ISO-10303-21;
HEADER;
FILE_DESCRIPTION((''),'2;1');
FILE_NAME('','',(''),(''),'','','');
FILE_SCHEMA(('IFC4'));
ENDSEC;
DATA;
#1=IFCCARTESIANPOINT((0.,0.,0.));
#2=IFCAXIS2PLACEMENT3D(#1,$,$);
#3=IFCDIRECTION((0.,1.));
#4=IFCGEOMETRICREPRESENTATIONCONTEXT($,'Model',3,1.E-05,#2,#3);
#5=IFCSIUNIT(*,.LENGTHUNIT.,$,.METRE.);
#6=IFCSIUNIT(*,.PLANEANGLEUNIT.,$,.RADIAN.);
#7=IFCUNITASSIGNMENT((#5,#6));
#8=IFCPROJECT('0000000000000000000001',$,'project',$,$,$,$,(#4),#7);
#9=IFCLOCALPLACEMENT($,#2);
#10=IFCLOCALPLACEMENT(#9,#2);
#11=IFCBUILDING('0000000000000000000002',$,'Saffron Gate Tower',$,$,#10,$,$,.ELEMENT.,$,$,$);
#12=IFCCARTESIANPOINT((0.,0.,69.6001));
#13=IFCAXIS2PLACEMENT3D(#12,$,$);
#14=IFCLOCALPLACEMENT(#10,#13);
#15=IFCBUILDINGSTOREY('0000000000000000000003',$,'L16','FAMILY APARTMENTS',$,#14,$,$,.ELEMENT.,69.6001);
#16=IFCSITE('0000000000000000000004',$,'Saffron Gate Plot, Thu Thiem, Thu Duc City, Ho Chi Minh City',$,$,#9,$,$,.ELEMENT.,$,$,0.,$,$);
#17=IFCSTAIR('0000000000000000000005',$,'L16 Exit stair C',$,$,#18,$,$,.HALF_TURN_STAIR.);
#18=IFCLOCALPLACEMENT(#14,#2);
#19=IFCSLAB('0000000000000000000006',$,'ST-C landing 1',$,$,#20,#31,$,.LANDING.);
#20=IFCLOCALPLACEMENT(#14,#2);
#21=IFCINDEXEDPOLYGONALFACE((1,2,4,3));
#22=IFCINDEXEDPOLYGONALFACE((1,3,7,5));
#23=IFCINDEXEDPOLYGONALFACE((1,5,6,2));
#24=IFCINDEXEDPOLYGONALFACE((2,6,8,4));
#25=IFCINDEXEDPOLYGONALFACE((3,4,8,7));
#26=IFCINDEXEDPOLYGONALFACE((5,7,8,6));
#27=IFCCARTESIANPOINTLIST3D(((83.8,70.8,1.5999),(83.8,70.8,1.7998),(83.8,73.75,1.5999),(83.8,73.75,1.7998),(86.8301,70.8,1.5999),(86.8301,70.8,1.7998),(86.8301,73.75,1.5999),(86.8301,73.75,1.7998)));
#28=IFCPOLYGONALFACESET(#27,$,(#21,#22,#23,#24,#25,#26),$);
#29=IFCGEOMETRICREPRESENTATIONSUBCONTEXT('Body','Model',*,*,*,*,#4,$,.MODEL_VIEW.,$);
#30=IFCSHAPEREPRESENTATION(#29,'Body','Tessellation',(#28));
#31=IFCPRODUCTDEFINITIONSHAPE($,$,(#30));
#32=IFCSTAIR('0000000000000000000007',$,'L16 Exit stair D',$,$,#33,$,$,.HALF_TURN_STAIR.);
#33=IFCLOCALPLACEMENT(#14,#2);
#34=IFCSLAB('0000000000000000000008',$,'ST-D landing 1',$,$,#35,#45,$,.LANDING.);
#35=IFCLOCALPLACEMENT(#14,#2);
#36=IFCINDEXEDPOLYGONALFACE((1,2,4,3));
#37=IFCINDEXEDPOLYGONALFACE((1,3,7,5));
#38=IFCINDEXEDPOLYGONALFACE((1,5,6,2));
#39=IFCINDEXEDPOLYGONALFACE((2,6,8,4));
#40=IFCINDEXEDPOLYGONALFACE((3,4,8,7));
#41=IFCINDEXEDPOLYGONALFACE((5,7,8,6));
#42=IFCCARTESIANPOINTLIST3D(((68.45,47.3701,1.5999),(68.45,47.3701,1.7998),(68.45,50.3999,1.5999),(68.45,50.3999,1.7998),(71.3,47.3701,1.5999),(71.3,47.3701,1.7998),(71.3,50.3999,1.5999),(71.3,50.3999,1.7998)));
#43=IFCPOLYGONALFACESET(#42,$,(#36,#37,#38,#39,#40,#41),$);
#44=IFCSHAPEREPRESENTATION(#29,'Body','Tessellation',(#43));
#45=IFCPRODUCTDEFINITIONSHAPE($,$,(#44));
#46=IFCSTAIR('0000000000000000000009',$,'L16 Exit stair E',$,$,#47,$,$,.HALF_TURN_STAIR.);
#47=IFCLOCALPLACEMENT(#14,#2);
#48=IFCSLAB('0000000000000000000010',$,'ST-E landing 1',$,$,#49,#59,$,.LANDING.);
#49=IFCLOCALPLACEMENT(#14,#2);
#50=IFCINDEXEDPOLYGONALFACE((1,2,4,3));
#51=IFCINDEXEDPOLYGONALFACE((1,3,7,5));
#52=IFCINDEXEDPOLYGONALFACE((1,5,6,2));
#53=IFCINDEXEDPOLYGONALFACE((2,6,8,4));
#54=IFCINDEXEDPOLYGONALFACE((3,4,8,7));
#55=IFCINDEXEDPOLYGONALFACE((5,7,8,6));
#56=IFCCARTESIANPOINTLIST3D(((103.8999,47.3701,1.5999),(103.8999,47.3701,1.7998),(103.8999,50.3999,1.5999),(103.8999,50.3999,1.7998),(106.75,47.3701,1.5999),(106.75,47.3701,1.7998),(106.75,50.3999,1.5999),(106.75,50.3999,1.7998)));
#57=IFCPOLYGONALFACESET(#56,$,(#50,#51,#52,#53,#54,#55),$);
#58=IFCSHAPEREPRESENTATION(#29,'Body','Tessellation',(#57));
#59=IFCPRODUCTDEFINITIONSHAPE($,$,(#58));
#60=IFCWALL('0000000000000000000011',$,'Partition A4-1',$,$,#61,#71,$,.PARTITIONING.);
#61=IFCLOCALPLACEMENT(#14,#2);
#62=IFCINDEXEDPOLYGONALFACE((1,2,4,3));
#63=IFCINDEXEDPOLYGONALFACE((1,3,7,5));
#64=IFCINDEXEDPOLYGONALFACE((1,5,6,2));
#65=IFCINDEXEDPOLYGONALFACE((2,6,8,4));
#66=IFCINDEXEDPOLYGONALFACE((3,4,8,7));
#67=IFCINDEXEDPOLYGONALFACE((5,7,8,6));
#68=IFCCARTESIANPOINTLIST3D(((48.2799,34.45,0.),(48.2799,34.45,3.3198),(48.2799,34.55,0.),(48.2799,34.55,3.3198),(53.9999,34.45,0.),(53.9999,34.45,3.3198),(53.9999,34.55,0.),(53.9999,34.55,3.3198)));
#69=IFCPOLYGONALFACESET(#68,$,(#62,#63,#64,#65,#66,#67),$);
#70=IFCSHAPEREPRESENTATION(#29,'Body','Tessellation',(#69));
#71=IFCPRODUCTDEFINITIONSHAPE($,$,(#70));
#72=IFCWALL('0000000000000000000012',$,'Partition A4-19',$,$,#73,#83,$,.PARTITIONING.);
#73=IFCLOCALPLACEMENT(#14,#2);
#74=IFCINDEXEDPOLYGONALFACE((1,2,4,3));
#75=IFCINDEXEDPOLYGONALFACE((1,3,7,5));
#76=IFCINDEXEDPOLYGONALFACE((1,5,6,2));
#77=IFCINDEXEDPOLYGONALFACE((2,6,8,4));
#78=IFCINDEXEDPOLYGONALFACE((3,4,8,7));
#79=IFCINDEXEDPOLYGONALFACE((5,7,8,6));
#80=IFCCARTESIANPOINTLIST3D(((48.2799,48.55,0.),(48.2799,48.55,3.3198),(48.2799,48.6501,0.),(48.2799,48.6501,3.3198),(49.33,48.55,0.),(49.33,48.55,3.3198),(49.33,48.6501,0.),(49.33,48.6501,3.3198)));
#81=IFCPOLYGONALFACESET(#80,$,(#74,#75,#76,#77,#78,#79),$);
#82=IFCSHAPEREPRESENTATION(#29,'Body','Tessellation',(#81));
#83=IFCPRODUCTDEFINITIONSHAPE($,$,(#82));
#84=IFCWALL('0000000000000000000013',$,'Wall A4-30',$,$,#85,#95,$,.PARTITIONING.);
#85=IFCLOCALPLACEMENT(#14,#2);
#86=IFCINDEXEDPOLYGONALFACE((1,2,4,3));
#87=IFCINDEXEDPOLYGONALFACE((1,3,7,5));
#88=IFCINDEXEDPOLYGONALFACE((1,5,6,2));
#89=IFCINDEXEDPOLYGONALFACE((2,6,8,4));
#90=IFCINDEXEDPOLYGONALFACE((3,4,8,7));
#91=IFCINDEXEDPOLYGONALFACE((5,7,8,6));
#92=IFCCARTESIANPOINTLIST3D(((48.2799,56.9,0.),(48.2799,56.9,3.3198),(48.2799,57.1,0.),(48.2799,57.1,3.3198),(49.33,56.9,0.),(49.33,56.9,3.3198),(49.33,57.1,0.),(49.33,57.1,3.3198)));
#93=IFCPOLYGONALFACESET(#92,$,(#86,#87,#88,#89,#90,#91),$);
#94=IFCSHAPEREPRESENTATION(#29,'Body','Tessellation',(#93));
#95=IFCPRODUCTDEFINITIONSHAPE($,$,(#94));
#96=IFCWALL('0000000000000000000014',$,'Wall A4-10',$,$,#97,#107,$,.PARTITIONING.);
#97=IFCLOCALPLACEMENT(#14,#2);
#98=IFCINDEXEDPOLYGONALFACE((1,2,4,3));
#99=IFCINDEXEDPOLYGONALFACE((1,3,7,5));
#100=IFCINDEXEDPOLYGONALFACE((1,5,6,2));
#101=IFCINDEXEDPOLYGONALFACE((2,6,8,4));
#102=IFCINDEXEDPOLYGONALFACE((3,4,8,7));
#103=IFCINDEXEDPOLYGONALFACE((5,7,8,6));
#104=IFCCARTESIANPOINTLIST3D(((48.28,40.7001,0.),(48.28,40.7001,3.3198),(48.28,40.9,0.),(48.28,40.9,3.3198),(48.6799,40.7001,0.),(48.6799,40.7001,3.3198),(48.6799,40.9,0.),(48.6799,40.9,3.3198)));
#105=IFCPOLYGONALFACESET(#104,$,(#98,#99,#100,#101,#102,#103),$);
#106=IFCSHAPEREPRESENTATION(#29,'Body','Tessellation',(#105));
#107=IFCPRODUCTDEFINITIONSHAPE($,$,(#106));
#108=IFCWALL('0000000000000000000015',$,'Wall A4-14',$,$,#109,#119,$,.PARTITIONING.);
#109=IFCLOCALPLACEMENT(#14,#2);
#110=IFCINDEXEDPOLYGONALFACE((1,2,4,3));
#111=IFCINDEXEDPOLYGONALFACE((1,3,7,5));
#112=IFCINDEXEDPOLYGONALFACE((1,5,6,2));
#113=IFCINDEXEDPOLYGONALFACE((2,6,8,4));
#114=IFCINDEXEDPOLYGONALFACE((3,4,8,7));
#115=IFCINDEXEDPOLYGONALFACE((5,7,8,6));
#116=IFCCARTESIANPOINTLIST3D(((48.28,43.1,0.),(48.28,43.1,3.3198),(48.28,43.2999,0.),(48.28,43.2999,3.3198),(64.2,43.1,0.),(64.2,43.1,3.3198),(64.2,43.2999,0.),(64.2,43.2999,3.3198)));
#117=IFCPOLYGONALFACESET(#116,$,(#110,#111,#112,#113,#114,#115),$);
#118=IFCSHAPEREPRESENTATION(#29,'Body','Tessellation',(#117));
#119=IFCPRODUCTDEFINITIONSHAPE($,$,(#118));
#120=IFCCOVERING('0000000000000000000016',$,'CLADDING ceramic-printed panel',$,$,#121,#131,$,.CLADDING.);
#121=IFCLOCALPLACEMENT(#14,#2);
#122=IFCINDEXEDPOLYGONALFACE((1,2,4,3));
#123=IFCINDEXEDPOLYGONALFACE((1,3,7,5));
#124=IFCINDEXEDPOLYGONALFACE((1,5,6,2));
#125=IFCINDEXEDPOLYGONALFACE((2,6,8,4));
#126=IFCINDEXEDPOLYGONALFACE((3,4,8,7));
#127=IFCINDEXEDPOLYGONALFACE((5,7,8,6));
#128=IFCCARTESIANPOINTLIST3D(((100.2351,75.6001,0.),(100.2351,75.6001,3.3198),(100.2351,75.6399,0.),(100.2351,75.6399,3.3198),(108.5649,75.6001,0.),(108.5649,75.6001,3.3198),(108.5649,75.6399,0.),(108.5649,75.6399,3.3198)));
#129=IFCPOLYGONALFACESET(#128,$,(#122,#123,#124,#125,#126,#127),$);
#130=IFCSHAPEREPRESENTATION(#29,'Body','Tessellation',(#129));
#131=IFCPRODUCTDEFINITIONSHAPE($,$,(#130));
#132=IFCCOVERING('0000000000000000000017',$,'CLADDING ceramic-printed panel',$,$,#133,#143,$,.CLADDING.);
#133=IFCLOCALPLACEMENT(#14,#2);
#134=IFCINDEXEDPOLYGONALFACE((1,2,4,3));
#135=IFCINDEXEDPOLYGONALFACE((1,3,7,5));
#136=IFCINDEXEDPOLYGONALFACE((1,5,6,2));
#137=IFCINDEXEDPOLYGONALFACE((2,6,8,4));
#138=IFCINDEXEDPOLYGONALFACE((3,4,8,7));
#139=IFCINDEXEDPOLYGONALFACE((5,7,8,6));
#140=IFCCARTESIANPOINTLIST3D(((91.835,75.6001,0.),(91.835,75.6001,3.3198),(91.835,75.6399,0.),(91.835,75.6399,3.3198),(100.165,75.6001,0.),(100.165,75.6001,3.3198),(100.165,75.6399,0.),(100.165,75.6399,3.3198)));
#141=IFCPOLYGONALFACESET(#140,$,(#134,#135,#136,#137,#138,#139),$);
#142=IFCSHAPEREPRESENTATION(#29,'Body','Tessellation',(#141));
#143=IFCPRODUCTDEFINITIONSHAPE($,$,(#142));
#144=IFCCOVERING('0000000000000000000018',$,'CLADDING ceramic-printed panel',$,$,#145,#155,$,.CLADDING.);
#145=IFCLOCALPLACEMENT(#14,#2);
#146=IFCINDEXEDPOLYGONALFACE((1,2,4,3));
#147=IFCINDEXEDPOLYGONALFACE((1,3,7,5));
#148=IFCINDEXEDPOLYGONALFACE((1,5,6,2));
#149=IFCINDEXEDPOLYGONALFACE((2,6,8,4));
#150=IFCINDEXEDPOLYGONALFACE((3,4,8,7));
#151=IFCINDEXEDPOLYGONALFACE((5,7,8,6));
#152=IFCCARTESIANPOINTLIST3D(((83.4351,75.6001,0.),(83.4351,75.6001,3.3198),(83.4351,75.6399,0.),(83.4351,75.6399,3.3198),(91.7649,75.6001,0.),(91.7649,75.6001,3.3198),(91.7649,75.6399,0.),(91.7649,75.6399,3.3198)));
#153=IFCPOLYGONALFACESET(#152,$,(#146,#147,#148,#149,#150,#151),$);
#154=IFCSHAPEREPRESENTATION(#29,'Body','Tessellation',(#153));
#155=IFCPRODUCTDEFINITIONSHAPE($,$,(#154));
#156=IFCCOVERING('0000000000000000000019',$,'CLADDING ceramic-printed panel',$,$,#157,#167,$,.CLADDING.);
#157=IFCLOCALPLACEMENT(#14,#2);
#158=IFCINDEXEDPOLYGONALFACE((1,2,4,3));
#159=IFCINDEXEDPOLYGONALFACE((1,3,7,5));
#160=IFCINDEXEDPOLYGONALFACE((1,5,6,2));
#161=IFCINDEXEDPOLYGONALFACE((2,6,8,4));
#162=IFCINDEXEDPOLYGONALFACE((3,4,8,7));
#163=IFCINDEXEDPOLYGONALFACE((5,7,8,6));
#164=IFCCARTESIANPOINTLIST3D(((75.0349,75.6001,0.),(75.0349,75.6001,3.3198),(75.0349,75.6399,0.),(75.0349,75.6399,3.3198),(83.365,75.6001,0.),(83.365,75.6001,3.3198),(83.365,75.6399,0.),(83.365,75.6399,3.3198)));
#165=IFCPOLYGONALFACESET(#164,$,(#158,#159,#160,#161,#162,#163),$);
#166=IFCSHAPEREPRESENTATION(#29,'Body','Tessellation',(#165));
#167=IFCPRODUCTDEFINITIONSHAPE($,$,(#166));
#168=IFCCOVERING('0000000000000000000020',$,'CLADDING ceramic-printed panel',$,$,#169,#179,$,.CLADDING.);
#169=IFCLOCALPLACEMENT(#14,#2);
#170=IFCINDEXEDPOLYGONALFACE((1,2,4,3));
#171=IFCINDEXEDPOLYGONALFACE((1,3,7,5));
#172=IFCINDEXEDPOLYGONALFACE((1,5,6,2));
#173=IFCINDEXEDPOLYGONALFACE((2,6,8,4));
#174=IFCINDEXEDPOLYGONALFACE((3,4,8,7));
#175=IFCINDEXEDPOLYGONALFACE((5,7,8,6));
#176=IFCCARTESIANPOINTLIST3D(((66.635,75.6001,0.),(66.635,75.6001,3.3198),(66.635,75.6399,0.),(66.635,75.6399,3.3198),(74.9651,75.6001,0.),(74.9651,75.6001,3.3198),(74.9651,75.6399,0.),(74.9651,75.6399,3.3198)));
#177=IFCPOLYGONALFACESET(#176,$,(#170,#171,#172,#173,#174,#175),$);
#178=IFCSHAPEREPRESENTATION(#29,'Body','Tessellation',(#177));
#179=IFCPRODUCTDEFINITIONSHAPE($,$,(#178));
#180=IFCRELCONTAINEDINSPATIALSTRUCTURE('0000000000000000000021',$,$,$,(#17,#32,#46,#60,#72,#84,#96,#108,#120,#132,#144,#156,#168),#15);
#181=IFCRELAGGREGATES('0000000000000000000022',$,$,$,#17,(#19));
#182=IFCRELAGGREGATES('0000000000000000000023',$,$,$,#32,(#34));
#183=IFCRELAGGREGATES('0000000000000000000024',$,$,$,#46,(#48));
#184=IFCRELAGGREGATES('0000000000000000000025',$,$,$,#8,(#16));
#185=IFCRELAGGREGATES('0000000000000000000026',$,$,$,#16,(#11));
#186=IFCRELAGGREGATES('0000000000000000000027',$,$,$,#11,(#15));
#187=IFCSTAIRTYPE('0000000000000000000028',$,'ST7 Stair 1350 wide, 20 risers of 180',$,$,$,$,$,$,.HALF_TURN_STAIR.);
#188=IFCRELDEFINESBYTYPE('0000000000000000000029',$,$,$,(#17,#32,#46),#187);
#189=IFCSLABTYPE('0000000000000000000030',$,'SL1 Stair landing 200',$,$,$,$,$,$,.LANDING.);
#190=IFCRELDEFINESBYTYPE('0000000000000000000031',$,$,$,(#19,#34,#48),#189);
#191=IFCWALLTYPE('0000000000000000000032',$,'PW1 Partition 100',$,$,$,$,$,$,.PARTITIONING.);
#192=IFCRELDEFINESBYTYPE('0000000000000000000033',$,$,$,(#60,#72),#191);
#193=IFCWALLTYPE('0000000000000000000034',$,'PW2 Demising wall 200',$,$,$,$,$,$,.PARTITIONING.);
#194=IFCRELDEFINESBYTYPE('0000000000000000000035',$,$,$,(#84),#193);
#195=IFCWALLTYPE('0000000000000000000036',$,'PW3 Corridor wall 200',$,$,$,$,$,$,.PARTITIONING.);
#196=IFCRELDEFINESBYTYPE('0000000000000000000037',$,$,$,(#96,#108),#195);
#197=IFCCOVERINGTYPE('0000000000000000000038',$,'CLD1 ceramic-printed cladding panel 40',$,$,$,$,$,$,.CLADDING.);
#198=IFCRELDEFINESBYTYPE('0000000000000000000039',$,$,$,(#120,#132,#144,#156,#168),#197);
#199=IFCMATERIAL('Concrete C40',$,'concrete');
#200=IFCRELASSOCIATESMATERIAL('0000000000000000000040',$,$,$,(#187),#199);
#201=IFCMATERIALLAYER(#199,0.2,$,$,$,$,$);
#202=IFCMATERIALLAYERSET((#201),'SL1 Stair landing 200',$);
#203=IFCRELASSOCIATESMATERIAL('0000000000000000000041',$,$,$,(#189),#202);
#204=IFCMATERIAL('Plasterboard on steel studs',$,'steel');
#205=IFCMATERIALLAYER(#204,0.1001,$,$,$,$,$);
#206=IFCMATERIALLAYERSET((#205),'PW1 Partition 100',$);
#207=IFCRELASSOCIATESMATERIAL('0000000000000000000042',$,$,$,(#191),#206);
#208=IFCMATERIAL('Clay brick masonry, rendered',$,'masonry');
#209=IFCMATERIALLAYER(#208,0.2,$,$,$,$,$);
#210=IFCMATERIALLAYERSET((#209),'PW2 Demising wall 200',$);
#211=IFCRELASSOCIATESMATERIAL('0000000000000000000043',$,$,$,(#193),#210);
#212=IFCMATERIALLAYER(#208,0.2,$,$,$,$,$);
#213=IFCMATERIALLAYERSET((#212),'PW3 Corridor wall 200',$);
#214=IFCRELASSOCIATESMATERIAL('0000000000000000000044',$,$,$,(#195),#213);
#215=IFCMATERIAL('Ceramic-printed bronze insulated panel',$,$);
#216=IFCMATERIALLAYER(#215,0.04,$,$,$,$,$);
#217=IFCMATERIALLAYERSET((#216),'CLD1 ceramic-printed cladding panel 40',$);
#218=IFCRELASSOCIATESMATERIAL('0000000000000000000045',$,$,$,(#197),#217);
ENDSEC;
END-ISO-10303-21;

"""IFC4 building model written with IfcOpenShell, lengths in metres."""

from ifc_helpers import new_model, si_unit, direction, frame, frame_2d, origin, place, context, subcontext, project, spatial, polyline, rectangle, outline, extrude, material, layer, layer_set, type_object, element, aggregate, save


model = new_model("IFC4")

# Units and contexts
model_context = context("Model", 3, precision=1e-05, world=origin(), true_north=direction((0.0, 1.0)))
body_context = subcontext(model_context, "Body", "Model", "MODEL_VIEW")
ifc_project = project(units=[si_unit("LENGTHUNIT", "METRE"), si_unit("PLANEANGLEUNIT", "RADIAN")], contexts=[model_context])

# Site, building, storey
site_placement = place(None, origin())
site = spatial("IfcSite", under=ifc_project, at=site_placement, Name="Saffron Gate Plot, Thu Thiem, Thu Duc City, Ho Chi Minh City", CompositionType="ELEMENT", RefElevation=0.0)
building_placement = place(site_placement, origin())
building = spatial("IfcBuilding", under=site, at=building_placement, Name="Saffron Gate Tower", CompositionType="ELEMENT")
storey_placement = place(building_placement, frame((0.0, 0.0, 69.6001)))
storey = spatial("IfcBuildingStorey", under=building, at=storey_placement, Name="L16", Description="FAMILY APARTMENTS", CompositionType="ELEMENT", Elevation=69.6001)

# Shared definitions
ifc_material_1 = material(Name="Concrete C40", Category="concrete")

# Stairs, slabs
stair_type = type_object("IfcStairType", Name="ST7 Stair 1350 wide, 20 risers of 180", PredefinedType="HALF_TURN_STAIR", material=ifc_material_1)
ifc_layer_1 = layer(ifc_material_1, 0.2)
ifc_layer_set_1 = layer_set([ifc_layer_1], Name="SL1 Stair landing 200")
slab_type_1 = type_object("IfcSlabType", Name="SL1 Stair landing 200", PredefinedType="LANDING", material=ifc_layer_set_1)
stair_1_placement = place(storey_placement, origin())
stair_1 = element("IfcStair", 1, at=stair_1_placement, inside=storey, type_object=stair_type, Name="L16 Exit stair C", PredefinedType="HALF_TURN_STAIR")
slab_1_placement = place(storey_placement, frame((0.0, 0.0, 1.5999)))
slab_1 = element("IfcSlab", 2, at=slab_1_placement, type_object=slab_type_1, Name="ST-C landing 1", PredefinedType="LANDING", context=body_context, shape_type="SweptSolid", body=[
    extrude(outline(polyline([(86.8301, 73.75), (83.8, 73.75), (83.8, 70.8), (86.8301, 70.8), (86.8301, 73.75)])), origin(), (0.0, 0.0, 1.0), 0.2),
])
aggregate(stair_1, [slab_1])
stair_2_placement = place(storey_placement, origin())
stair_2 = element("IfcStair", 3, at=stair_2_placement, inside=storey, type_object=stair_type, Name="L16 Exit stair D", PredefinedType="HALF_TURN_STAIR")
slab_2_placement = place(storey_placement, frame((0.0, 0.0, 1.5999)))
slab_2 = element("IfcSlab", 4, at=slab_2_placement, type_object=slab_type_1, Name="ST-D landing 1", PredefinedType="LANDING", context=body_context, shape_type="SweptSolid", body=[
    extrude(outline(polyline([(71.3, 47.3701), (71.3, 50.3999), (68.45, 50.3999), (68.45, 47.3701), (71.3, 47.3701)])), origin(), (0.0, 0.0, 1.0), 0.2),
])
aggregate(stair_2, [slab_2])
stair_3_placement = place(storey_placement, origin())
stair_3 = element("IfcStair", 5, at=stair_3_placement, inside=storey, type_object=stair_type, Name="L16 Exit stair E", PredefinedType="HALF_TURN_STAIR")
slab_3_placement = place(storey_placement, frame((0.0, 0.0, 1.5999)))
slab_3 = element("IfcSlab", 6, at=slab_3_placement, type_object=slab_type_1, Name="ST-E landing 1", PredefinedType="LANDING", context=body_context, shape_type="SweptSolid", body=[
    extrude(outline(polyline([(106.75, 47.3701), (106.75, 50.3999), (103.8999, 50.3999), (103.8999, 47.3701), (106.75, 47.3701)])), origin(), (0.0, 0.0, 1.0), 0.2),
])
aggregate(stair_3, [slab_3])

# Walls
ifc_material_2 = material(Name="Plasterboard on steel studs", Category="steel")
ifc_layer_2 = layer(ifc_material_2, 0.1001)
ifc_layer_set_2 = layer_set([ifc_layer_2], Name="PW1 Partition 100")
wall_type_1 = type_object("IfcWallType", Name="PW1 Partition 100", PredefinedType="PARTITIONING", material=ifc_layer_set_2)
wall_1_placement = place(storey_placement, frame((48.28, 34.5, 0.0), z_axis=(0.0, 0.0, 1.0), x_axis=(1.0, 0.0, 0.0)))
element("IfcWall", 7, at=wall_1_placement, inside=storey, type_object=wall_type_1, Name="Partition A4-1", PredefinedType="PARTITIONING", context=body_context, shape_type="SweptSolid", body=[
    extrude(rectangle(XDim=5.72, YDim=0.1001, at=frame_2d((2.8599, 0.0))), origin(), (0.0, 0.0, 1.0), 3.3198),
])
wall_2_placement = place(storey_placement, frame((48.28, 48.6001, 0.0), z_axis=(0.0, 0.0, 1.0), x_axis=(1.0, 0.0, 0.0)))
element("IfcWall", 8, at=wall_2_placement, inside=storey, type_object=wall_type_1, Name="Partition A4-19", PredefinedType="PARTITIONING", context=body_context, shape_type="SweptSolid", body=[
    extrude(rectangle(XDim=1.05, YDim=0.1001, at=frame_2d((0.5249, 0.0))), origin(), (0.0, 0.0, 1.0), 3.3198),
])
ifc_material_3 = material(Name="Clay brick masonry, rendered", Category="masonry")
ifc_layer_3 = layer(ifc_material_3, 0.2)
ifc_layer_set_3 = layer_set([ifc_layer_3], Name="PW2 Demising wall 200")
wall_type_2 = type_object("IfcWallType", Name="PW2 Demising wall 200", PredefinedType="PARTITIONING", material=ifc_layer_set_3)
wall_3_placement = place(storey_placement, frame((48.28, 57.0, 0.0), z_axis=(0.0, 0.0, 1.0), x_axis=(1.0, 0.0, 0.0)))
element("IfcWall", 9, at=wall_3_placement, inside=storey, type_object=wall_type_2, Name="Wall A4-30", PredefinedType="PARTITIONING", context=body_context, shape_type="SweptSolid", body=[
    extrude(rectangle(XDim=1.05, YDim=0.2, at=frame_2d((0.5249, 0.0))), origin(), (0.0, 0.0, 1.0), 3.3198),
])
ifc_layer_4 = layer(ifc_material_3, 0.2)
ifc_layer_set_4 = layer_set([ifc_layer_4], Name="PW3 Corridor wall 200")
wall_type_3 = type_object("IfcWallType", Name="PW3 Corridor wall 200", PredefinedType="PARTITIONING", material=ifc_layer_set_4)
wall_4_placement = place(storey_placement, frame((48.28, 40.8, 0.0), z_axis=(0.0, 0.0, 1.0), x_axis=(1.0, 0.0, 0.0)))
element("IfcWall", 10, at=wall_4_placement, inside=storey, type_object=wall_type_3, Name="Wall A4-10", PredefinedType="PARTITIONING", context=body_context, shape_type="SweptSolid", body=[
    extrude(rectangle(XDim=0.3999, YDim=0.2, at=frame_2d((0.2, 0.0))), origin(), (0.0, 0.0, 1.0), 3.3198),
])
wall_5_placement = place(storey_placement, frame((48.28, 43.2, 0.0), z_axis=(0.0, 0.0, 1.0), x_axis=(1.0, 0.0, 0.0)))
element("IfcWall", 11, at=wall_5_placement, inside=storey, type_object=wall_type_3, Name="Wall A4-14", PredefinedType="PARTITIONING", context=body_context, shape_type="SweptSolid", body=[
    extrude(rectangle(XDim=15.9199, YDim=0.2, at=frame_2d((7.96, 0.0))), origin(), (0.0, 0.0, 1.0), 3.3198),
])

# Coverings
ifc_material_4 = material(Name="Ceramic-printed bronze insulated panel")
ifc_layer_5 = layer(ifc_material_4, 0.04)
ifc_layer_set_5 = layer_set([ifc_layer_5], Name="CLD1 ceramic-printed cladding panel 40")
covering_type = type_object("IfcCoveringType", Name="CLD1 ceramic-printed cladding panel 40", PredefinedType="CLADDING", material=ifc_layer_set_5)
covering_1_placement = place(storey_placement, origin())
element("IfcCovering", 12, at=covering_1_placement, inside=storey, type_object=covering_type, Name="CLADDING ceramic-printed panel", PredefinedType="CLADDING", context=body_context, shape_type="SweptSolid", body=[
    extrude(outline(polyline([(108.5649, 75.6399), (100.2351, 75.6399), (100.2351, 75.6001), (108.5649, 75.6001), (108.5649, 75.6399)])), origin(), (0.0, 0.0, 1.0), 3.3198),
])
covering_2_placement = place(storey_placement, origin())
element("IfcCovering", 13, at=covering_2_placement, inside=storey, type_object=covering_type, Name="CLADDING ceramic-printed panel", PredefinedType="CLADDING", context=body_context, shape_type="SweptSolid", body=[
    extrude(outline(polyline([(100.165, 75.6399), (91.835, 75.6399), (91.835, 75.6001), (100.165, 75.6001), (100.165, 75.6399)])), origin(), (0.0, 0.0, 1.0), 3.3198),
])
covering_3_placement = place(storey_placement, origin())
element("IfcCovering", 14, at=covering_3_placement, inside=storey, type_object=covering_type, Name="CLADDING ceramic-printed panel", PredefinedType="CLADDING", context=body_context, shape_type="SweptSolid", body=[
    extrude(outline(polyline([(91.7649, 75.6399), (83.4351, 75.6399), (83.4351, 75.6001), (91.7649, 75.6001), (91.7649, 75.6399)])), origin(), (0.0, 0.0, 1.0), 3.3198),
])
covering_4_placement = place(storey_placement, origin())
element("IfcCovering", 15, at=covering_4_placement, inside=storey, type_object=covering_type, Name="CLADDING ceramic-printed panel", PredefinedType="CLADDING", context=body_context, shape_type="SweptSolid", body=[
    extrude(outline(polyline([(83.365, 75.6399), (75.0349, 75.6399), (75.0349, 75.6001), (83.365, 75.6001), (83.365, 75.6399)])), origin(), (0.0, 0.0, 1.0), 3.3198),
])
covering_5_placement = place(storey_placement, origin())
element("IfcCovering", 16, at=covering_5_placement, inside=storey, type_object=covering_type, Name="CLADDING ceramic-printed panel", PredefinedType="CLADDING", context=body_context, shape_type="SweptSolid", body=[
    extrude(outline(polyline([(74.9651, 75.6399), (66.635, 75.6399), (66.635, 75.6001), (74.9651, 75.6001), (74.9651, 75.6399)])), origin(), (0.0, 0.0, 1.0), 3.3198),
])

save(model, "model.ifc")
